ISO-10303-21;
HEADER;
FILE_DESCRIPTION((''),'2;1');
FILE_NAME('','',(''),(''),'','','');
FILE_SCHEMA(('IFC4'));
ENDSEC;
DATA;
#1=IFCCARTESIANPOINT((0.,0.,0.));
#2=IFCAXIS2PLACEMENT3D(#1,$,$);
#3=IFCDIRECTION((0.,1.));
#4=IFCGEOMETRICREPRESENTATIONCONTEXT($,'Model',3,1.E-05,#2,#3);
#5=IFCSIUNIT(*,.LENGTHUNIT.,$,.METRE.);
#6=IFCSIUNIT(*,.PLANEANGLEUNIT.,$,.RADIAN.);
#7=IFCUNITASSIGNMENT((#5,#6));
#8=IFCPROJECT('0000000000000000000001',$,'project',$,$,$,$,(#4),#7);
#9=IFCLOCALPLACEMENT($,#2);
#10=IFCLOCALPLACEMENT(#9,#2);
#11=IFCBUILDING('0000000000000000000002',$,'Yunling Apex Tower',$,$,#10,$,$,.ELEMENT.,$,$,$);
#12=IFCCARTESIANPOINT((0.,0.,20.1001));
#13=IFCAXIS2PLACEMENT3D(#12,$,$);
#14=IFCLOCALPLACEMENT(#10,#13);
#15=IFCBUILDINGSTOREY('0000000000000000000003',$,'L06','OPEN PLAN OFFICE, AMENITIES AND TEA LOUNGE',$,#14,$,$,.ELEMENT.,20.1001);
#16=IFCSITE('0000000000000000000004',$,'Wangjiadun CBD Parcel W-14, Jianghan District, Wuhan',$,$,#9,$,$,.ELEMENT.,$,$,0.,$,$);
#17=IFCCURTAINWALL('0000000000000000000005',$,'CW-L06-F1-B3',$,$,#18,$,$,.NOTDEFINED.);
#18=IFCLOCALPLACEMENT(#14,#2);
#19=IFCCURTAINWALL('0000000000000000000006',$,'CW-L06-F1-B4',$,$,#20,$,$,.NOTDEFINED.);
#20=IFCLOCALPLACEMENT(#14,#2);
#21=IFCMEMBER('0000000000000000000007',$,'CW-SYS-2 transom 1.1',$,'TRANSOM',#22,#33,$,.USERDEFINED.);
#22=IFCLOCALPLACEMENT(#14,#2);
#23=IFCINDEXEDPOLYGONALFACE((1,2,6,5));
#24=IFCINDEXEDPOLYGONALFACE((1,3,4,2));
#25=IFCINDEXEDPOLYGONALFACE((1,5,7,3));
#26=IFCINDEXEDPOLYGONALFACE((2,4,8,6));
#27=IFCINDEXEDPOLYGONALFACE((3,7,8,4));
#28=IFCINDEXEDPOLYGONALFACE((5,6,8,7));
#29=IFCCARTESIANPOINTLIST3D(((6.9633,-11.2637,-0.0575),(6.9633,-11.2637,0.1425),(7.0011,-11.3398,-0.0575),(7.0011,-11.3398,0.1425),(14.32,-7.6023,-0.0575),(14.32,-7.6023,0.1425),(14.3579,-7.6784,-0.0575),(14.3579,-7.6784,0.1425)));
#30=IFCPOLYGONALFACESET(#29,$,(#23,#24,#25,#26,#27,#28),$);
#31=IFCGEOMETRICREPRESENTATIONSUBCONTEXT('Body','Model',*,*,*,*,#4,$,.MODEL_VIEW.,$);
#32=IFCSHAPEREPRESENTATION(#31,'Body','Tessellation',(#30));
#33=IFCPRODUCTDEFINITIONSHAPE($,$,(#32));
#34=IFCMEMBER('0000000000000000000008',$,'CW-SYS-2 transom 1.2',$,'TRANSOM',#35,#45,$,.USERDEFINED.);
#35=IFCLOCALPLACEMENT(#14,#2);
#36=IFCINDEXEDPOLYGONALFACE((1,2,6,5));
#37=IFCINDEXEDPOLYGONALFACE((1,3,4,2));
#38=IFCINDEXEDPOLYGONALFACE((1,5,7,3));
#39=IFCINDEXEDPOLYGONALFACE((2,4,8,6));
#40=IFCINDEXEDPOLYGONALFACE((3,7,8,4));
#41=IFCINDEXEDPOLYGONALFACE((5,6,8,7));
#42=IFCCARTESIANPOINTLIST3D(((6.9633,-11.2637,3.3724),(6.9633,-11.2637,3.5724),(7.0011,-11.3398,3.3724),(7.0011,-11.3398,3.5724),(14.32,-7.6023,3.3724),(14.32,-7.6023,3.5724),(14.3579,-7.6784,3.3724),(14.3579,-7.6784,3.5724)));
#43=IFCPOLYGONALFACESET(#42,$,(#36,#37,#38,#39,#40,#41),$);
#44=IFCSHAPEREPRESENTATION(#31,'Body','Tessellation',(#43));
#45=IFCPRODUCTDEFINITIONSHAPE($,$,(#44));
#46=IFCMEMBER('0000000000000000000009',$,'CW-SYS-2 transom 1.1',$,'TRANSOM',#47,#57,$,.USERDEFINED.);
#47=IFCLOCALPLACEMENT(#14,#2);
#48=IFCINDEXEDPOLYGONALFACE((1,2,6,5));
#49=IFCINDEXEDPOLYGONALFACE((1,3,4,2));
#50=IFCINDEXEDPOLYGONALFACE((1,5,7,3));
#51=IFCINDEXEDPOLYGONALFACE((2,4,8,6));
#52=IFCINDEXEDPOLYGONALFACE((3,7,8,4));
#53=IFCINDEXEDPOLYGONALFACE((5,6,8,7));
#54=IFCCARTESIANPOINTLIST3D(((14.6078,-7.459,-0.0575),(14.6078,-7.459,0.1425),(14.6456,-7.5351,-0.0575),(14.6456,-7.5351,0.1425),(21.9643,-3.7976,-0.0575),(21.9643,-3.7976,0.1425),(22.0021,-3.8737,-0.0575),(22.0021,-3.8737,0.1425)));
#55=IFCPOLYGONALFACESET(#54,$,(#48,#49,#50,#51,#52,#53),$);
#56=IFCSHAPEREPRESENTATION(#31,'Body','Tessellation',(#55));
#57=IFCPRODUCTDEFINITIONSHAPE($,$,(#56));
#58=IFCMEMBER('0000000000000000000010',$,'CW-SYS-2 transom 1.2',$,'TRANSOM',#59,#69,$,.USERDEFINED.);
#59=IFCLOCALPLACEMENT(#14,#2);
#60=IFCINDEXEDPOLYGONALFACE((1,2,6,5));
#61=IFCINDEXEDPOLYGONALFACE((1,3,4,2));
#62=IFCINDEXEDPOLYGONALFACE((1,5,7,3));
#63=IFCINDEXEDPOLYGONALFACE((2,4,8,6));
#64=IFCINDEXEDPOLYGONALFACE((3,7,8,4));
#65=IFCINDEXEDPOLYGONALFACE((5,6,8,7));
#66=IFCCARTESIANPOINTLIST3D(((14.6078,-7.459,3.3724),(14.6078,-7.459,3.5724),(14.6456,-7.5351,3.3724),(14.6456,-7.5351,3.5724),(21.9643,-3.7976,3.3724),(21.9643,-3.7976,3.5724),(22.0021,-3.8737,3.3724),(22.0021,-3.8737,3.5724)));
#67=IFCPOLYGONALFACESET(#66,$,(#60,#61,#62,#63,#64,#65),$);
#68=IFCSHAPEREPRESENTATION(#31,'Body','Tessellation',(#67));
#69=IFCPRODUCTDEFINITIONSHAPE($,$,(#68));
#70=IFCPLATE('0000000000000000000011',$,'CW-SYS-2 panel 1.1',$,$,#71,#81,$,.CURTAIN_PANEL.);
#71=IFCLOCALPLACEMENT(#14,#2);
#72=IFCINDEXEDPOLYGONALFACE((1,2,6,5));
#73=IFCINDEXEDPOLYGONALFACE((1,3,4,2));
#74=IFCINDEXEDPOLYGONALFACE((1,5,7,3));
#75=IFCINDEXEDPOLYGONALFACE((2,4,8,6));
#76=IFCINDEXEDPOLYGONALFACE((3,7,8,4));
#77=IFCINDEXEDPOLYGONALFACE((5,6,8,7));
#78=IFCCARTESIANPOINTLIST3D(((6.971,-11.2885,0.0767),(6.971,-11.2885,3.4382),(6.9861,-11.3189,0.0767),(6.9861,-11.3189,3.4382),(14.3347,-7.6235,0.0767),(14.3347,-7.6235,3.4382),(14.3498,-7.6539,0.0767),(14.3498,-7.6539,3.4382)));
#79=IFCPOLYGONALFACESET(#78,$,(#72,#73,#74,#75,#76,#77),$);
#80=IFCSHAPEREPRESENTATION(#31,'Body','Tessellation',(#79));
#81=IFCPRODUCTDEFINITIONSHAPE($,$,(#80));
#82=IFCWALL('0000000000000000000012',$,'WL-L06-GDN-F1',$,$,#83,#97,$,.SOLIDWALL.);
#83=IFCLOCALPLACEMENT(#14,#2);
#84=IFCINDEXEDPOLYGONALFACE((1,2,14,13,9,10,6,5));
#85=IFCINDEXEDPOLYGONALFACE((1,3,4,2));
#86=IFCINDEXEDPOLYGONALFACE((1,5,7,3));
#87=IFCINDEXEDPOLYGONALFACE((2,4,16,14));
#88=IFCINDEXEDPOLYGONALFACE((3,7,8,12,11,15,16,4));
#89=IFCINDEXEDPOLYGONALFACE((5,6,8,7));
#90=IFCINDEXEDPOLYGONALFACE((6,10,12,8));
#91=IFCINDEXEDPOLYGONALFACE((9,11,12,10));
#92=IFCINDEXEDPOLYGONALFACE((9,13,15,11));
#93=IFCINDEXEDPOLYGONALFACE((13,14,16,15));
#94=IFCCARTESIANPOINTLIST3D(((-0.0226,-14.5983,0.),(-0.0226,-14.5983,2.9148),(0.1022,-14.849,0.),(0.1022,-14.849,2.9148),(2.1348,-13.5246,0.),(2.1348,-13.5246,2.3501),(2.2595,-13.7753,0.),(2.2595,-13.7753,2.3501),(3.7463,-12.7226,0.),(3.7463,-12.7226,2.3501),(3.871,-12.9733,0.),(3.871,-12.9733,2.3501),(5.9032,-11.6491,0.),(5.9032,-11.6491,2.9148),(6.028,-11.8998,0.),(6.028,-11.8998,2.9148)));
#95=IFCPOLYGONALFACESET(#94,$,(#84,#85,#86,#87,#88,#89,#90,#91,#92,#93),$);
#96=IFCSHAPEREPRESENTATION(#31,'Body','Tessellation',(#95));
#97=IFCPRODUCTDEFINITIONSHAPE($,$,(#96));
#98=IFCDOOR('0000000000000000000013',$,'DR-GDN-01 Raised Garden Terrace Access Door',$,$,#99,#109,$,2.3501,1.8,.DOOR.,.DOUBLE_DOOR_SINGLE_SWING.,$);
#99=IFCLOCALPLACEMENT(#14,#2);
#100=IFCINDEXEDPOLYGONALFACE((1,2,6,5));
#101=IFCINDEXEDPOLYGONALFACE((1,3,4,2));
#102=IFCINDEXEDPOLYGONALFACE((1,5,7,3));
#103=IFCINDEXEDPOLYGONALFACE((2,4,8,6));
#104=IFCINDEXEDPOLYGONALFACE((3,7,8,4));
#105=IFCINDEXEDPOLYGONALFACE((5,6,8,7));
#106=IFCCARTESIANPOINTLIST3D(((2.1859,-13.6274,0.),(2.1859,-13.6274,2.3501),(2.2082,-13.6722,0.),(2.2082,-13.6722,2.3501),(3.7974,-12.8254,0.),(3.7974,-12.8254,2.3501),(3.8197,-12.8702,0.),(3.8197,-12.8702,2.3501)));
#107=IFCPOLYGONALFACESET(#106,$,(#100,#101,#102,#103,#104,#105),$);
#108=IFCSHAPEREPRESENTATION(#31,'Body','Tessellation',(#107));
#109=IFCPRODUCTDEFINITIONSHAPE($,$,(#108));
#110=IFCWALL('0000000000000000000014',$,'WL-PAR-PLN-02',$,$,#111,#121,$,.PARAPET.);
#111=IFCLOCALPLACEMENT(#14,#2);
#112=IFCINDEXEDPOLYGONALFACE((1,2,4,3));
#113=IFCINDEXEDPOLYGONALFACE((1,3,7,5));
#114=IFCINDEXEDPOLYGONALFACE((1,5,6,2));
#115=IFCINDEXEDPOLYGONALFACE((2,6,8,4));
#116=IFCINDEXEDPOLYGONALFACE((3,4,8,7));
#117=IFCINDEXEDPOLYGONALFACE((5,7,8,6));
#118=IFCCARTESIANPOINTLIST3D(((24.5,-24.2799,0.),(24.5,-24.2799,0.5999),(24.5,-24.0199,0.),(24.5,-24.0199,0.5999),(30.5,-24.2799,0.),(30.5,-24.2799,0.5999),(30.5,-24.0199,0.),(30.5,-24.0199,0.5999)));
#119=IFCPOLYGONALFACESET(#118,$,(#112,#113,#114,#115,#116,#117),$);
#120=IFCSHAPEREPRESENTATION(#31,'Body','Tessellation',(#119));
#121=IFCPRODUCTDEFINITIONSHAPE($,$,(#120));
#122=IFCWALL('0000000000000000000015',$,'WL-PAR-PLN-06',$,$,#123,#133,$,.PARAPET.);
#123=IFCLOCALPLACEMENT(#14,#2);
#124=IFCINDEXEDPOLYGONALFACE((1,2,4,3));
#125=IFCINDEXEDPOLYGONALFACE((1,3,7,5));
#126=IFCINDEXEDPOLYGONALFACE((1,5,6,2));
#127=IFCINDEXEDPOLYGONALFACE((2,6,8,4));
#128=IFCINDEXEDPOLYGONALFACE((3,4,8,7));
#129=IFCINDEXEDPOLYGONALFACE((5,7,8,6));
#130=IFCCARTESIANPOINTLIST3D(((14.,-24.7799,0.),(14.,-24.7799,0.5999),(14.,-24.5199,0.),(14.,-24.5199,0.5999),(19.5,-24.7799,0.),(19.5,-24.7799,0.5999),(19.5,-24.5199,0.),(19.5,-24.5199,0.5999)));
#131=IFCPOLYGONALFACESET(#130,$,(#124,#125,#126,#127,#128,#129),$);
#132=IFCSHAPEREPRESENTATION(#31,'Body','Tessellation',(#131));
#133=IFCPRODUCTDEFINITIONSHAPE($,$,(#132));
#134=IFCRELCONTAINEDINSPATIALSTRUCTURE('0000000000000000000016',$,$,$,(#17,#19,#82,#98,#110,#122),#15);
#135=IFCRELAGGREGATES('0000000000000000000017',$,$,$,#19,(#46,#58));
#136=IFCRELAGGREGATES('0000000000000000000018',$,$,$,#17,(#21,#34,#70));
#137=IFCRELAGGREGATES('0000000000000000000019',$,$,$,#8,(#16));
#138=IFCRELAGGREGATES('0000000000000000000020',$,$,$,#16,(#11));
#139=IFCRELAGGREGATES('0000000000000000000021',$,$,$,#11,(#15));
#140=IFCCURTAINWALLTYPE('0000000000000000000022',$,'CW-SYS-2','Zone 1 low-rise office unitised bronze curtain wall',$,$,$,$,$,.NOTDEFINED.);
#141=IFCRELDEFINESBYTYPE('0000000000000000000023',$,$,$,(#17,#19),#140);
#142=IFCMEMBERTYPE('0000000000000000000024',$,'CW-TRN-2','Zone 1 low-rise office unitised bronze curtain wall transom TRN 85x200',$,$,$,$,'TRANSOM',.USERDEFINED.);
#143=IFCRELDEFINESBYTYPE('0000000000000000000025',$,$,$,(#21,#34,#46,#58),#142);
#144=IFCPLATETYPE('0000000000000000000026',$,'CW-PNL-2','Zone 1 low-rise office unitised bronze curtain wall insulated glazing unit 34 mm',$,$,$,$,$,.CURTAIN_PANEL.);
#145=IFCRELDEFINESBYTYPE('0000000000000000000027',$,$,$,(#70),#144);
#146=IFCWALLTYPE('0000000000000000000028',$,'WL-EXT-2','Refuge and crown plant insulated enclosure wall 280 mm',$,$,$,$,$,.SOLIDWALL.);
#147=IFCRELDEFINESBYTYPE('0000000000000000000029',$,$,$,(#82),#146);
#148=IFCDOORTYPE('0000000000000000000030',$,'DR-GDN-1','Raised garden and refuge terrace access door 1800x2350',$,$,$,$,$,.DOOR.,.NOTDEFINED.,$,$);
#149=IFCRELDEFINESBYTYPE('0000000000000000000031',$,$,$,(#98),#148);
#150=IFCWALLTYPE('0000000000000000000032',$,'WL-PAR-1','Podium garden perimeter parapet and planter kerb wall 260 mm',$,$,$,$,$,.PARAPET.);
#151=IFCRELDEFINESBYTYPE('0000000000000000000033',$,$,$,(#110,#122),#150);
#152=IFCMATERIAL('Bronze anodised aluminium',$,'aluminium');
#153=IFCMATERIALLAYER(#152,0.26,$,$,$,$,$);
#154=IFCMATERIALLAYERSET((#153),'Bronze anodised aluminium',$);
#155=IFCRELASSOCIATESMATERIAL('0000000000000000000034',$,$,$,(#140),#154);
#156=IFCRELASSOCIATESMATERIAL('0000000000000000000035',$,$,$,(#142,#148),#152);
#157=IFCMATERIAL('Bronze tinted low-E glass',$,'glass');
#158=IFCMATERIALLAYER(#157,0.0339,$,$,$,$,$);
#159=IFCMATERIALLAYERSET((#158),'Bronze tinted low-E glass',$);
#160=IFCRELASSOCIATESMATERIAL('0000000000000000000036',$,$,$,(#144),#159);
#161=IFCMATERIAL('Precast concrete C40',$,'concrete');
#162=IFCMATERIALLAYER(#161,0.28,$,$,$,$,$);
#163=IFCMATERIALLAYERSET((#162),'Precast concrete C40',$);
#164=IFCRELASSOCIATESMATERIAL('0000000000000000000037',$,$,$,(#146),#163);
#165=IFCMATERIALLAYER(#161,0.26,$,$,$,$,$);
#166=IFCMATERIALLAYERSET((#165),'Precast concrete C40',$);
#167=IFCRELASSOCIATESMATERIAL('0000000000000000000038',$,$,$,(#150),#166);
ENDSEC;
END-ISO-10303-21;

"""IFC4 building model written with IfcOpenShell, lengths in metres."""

from ifc_helpers import new_model, si_unit, direction, frame, frame_2d, origin, origin_2d, place, context, subcontext, project, spatial, rectangle, extrude, source, transform, mapped, material, layer, layer_set, material_profile, profile_set, type_object, element, fill, aggregate, save


model = new_model("IFC4")

# Units and contexts
model_context = context("Model", 3, precision=1e-05, world=origin(), true_north=direction((0.0, 1.0)))
body_context = subcontext(model_context, "Body", "Model", "MODEL_VIEW")
ifc_project = project(units=[si_unit("LENGTHUNIT", "METRE"), si_unit("PLANEANGLEUNIT", "RADIAN")], contexts=[model_context])

# Site, building, storey
site_placement = place(None, origin())
site = spatial("IfcSite", under=ifc_project, at=site_placement, Name="Wangjiadun CBD Parcel W-14, Jianghan District, Wuhan", CompositionType="ELEMENT", RefElevation=0.0)
building_placement = place(site_placement, origin())
building = spatial("IfcBuilding", under=site, at=building_placement, Name="Yunling Apex Tower", CompositionType="ELEMENT")
storey_placement = place(building_placement, frame((0.0, 0.0, 20.1001)))
storey = spatial("IfcBuildingStorey", under=building, at=storey_placement, Name="L06", Description="OPEN PLAN OFFICE, AMENITIES AND TEA LOUNGE", CompositionType="ELEMENT", Elevation=20.1001)

# Curtain wall
ifc_material_1 = material(Name="Bronze anodised aluminium", Category="aluminium")
ifc_layer_1 = layer(ifc_material_1, 0.26)
ifc_layer_set_1 = layer_set([ifc_layer_1], Name="Bronze anodised aluminium")
curtain_wall_type = type_object("IfcCurtainWallType", Name="CW-SYS-2", Description="Zone 1 low-rise office unitised bronze curtain wall", PredefinedType="NOTDEFINED", material=ifc_layer_set_1)
curtain_wall_1_placement = place(storey_placement, origin())
curtain_wall_1 = element("IfcCurtainWall", 1, at=curtain_wall_1_placement, inside=storey, type_object=curtain_wall_type, Name="CW-L06-F1-B3", PredefinedType="NOTDEFINED")

# Curtain wall
curtain_wall_2_placement = place(storey_placement, origin())
curtain_wall_2 = element("IfcCurtainWall", 2, at=curtain_wall_2_placement, inside=storey, type_object=curtain_wall_type, Name="CW-L06-F1-B4", PredefinedType="NOTDEFINED")

# Members
ifc_material_profile_1 = material_profile(ifc_material_1, rectangle(XDim=0.085, YDim=0.2, at=origin_2d()))
ifc_profile_set_1 = profile_set([ifc_material_profile_1], Name="Bronze anodised aluminium")
member_type_1 = type_object("IfcMemberType", Name="CW-TRN-2", Description="Zone 1 low-rise office unitised bronze curtain wall transom TRN 85x200", ElementType="TRANSOM", PredefinedType="USERDEFINED", material=ifc_profile_set_1)
shared_shape_1 = source(origin(), body_context, "Body", "SweptSolid", [
    extrude(rectangle(XDim=0.085, YDim=0.2, at=origin_2d()), origin(), (0.0, 0.0, 1.0), 8.2175),
])
member_1_placement = place(storey_placement, frame((6.9822, -11.3018, 0.0425), z_axis=(0.895252, 0.445561, 0.0), x_axis=(-0.445561, 0.895252, 0.0)))
member_1 = element("IfcMember", 3, at=member_1_placement, type_object=member_type_1, Name="CW-SYS-2 transom 1.1", ObjectType="TRANSOM", PredefinedType="USERDEFINED", context=body_context, shape_type="MappedRepresentation", body=[
    mapped(shared_shape_1, transform((0.0, 0.0, 0.0), scale=1.0)),
])
member_2_placement = place(storey_placement, frame((6.9822, -11.3018, 3.4724), z_axis=(0.895252, 0.445561, 0.0), x_axis=(-0.445561, 0.895252, 0.0)))
member_2 = element("IfcMember", 4, at=member_2_placement, type_object=member_type_1, Name="CW-SYS-2 transom 1.2", ObjectType="TRANSOM", PredefinedType="USERDEFINED", context=body_context, shape_type="MappedRepresentation", body=[
    mapped(shared_shape_1, transform((0.0, 0.0, 0.0), scale=1.0)),
])
shared_shape_2 = source(origin(), body_context, "Body", "SweptSolid", [
    extrude(rectangle(XDim=0.085, YDim=0.2, at=origin_2d()), origin(), (0.0, 0.0, 1.0), 8.2173),
])
member_3_placement = place(storey_placement, frame((14.6267, -7.4971, 0.0425), z_axis=(0.895246, 0.445573, 0.0), x_axis=(-0.445573, 0.895246, 0.0)))
member_3 = element("IfcMember", 5, at=member_3_placement, type_object=member_type_1, Name="CW-SYS-2 transom 1.1", ObjectType="TRANSOM", PredefinedType="USERDEFINED", context=body_context, shape_type="MappedRepresentation", body=[
    mapped(shared_shape_2, transform((0.0, 0.0, 0.0), scale=1.0)),
])
member_4_placement = place(storey_placement, frame((14.6267, -7.4971, 3.4724), z_axis=(0.895246, 0.445573, 0.0), x_axis=(-0.445573, 0.895246, 0.0)))
member_4 = element("IfcMember", 6, at=member_4_placement, type_object=member_type_1, Name="CW-SYS-2 transom 1.2", ObjectType="TRANSOM", PredefinedType="USERDEFINED", context=body_context, shape_type="MappedRepresentation", body=[
    mapped(shared_shape_2, transform((0.0, 0.0, 0.0), scale=1.0)),
])
aggregate(curtain_wall_2, [member_3, member_4])

# Plate
ifc_material_2 = material(Name="Bronze tinted low-E glass", Category="glass")
ifc_layer_2 = layer(ifc_material_2, 0.0339)
ifc_layer_set_2 = layer_set([ifc_layer_2], Name="Bronze tinted low-E glass")
plate_type = type_object("IfcPlateType", Name="CW-PNL-2", Description="Zone 1 low-rise office unitised bronze curtain wall insulated glazing unit 34 mm", PredefinedType="CURTAIN_PANEL", material=ifc_layer_set_2)
shared_shape_3 = source(origin(), body_context, "Body", "SweptSolid", [
    extrude(rectangle(XDim=8.2253, YDim=0.0339, at=origin_2d()), origin(), (0.0, 0.0, 1.0), 3.3616),
])
plate_placement = place(storey_placement, frame((10.6604, -9.4712, 0.0767), z_axis=(0.0, 0.0, 1.0), x_axis=(0.895247, 0.445571, 0.0)))
plate = element("IfcPlate", 7, at=plate_placement, type_object=plate_type, Name="CW-SYS-2 panel 1.1", PredefinedType="CURTAIN_PANEL", context=body_context, shape_type="MappedRepresentation", body=[
    mapped(shared_shape_3, transform((0.0, 0.0, 0.0), scale=1.0)),
])
aggregate(curtain_wall_1, [member_1, member_2, plate])

# Wall, opening, door
ifc_material_3 = material(Name="Precast concrete C40", Category="concrete")
ifc_layer_3 = layer(ifc_material_3, 0.28)
ifc_layer_set_3 = layer_set([ifc_layer_3], Name="Precast concrete C40")
wall_type_1 = type_object("IfcWallType", Name="WL-EXT-2", Description="Refuge and crown plant insulated enclosure wall 280 mm", PredefinedType="SOLIDWALL", material=ifc_layer_set_3)
wall_1_placement = place(storey_placement, frame((5.9656, -11.7744, 0.0), z_axis=(0.0, 0.0, 1.0), x_axis=(-0.895252, -0.44556, 0.0)))
wall_1 = element("IfcWall", 8, at=wall_1_placement, inside=storey, type_object=wall_type_1, Name="WL-L06-GDN-F1", PredefinedType="SOLIDWALL", context=body_context, shape_type="SweptSolid", body=[
    extrude(rectangle(XDim=6.6191, YDim=0.28, at=frame_2d((3.3096, 0.0))), origin(), (0.0, 0.0, 1.0), 2.9148),
])
opening_1_placement = place(wall_1_placement, frame((2.4094, 0.0, 0.0)))
opening_1 = element("IfcOpeningElement", 9, at=opening_1_placement, cuts=wall_1, PredefinedType="OPENING", context=body_context, shape_type="SweptSolid", body=[
    extrude(rectangle(XDim=1.8, YDim=2.3501, at=frame_2d((0.8999, 1.175))), frame((0.0, 0.1499, 0.0), z_axis=(0.0, -1.0, 0.0), x_axis=(1.0, 0.0, 0.0)), (0.0, 0.0, 1.0), 0.3),
])
door_type_1 = type_object("IfcDoorType", Name="DR-GDN-1", Description="Raised garden and refuge terrace access door 1800x2350", OperationType="NOTDEFINED", PredefinedType="DOOR", material=ifc_material_1)
door_1_placement = place(opening_1_placement, origin())
door_1 = element("IfcDoor", 10, at=door_1_placement, inside=storey, type_object=door_type_1, Name="DR-GDN-01 Raised Garden Terrace Access Door", OperationType="DOUBLE_DOOR_SINGLE_SWING", OverallHeight=2.3501, OverallWidth=1.8, PredefinedType="DOOR", context=body_context, shape_type="SweptSolid", body=[
    extrude(rectangle(XDim=1.8, YDim=2.3501, at=frame_2d((0.8999, 1.175))), frame((0.0, 0.0249, 0.0), z_axis=(0.0, -1.0, 0.0), x_axis=(1.0, 0.0, 0.0)), (0.0, 0.0, 1.0), 0.05),
])
fill(opening_1, door_1)

# Walls
ifc_layer_4 = layer(ifc_material_3, 0.26)
ifc_layer_set_4 = layer_set([ifc_layer_4], Name="Precast concrete C40")
wall_type_2 = type_object("IfcWallType", Name="WL-PAR-1", Description="Podium garden perimeter parapet and planter kerb wall 260 mm", PredefinedType="PARAPET", material=ifc_layer_set_4)
wall_2_placement = place(storey_placement, frame((24.5, -24.1499, 0.0), z_axis=(0.0, 0.0, 1.0), x_axis=(1.0, 0.0, 0.0)))
element("IfcWall", 11, at=wall_2_placement, inside=storey, type_object=wall_type_2, Name="WL-PAR-PLN-02", PredefinedType="PARAPET", context=body_context, shape_type="SweptSolid", body=[
    extrude(rectangle(XDim=6.0, YDim=0.26, at=frame_2d((3.0, 0.0))), origin(), (0.0, 0.0, 1.0), 0.5999),
])
wall_3_placement = place(storey_placement, frame((14.0, -24.6499, 0.0), z_axis=(0.0, 0.0, 1.0), x_axis=(1.0, 0.0, 0.0)))
element("IfcWall", 12, at=wall_3_placement, inside=storey, type_object=wall_type_2, Name="WL-PAR-PLN-06", PredefinedType="PARAPET", context=body_context, shape_type="SweptSolid", body=[
    extrude(rectangle(XDim=5.5, YDim=0.26, at=frame_2d((2.75, 0.0))), origin(), (0.0, 0.0, 1.0), 0.5999),
])

save(model, "model.ifc")
